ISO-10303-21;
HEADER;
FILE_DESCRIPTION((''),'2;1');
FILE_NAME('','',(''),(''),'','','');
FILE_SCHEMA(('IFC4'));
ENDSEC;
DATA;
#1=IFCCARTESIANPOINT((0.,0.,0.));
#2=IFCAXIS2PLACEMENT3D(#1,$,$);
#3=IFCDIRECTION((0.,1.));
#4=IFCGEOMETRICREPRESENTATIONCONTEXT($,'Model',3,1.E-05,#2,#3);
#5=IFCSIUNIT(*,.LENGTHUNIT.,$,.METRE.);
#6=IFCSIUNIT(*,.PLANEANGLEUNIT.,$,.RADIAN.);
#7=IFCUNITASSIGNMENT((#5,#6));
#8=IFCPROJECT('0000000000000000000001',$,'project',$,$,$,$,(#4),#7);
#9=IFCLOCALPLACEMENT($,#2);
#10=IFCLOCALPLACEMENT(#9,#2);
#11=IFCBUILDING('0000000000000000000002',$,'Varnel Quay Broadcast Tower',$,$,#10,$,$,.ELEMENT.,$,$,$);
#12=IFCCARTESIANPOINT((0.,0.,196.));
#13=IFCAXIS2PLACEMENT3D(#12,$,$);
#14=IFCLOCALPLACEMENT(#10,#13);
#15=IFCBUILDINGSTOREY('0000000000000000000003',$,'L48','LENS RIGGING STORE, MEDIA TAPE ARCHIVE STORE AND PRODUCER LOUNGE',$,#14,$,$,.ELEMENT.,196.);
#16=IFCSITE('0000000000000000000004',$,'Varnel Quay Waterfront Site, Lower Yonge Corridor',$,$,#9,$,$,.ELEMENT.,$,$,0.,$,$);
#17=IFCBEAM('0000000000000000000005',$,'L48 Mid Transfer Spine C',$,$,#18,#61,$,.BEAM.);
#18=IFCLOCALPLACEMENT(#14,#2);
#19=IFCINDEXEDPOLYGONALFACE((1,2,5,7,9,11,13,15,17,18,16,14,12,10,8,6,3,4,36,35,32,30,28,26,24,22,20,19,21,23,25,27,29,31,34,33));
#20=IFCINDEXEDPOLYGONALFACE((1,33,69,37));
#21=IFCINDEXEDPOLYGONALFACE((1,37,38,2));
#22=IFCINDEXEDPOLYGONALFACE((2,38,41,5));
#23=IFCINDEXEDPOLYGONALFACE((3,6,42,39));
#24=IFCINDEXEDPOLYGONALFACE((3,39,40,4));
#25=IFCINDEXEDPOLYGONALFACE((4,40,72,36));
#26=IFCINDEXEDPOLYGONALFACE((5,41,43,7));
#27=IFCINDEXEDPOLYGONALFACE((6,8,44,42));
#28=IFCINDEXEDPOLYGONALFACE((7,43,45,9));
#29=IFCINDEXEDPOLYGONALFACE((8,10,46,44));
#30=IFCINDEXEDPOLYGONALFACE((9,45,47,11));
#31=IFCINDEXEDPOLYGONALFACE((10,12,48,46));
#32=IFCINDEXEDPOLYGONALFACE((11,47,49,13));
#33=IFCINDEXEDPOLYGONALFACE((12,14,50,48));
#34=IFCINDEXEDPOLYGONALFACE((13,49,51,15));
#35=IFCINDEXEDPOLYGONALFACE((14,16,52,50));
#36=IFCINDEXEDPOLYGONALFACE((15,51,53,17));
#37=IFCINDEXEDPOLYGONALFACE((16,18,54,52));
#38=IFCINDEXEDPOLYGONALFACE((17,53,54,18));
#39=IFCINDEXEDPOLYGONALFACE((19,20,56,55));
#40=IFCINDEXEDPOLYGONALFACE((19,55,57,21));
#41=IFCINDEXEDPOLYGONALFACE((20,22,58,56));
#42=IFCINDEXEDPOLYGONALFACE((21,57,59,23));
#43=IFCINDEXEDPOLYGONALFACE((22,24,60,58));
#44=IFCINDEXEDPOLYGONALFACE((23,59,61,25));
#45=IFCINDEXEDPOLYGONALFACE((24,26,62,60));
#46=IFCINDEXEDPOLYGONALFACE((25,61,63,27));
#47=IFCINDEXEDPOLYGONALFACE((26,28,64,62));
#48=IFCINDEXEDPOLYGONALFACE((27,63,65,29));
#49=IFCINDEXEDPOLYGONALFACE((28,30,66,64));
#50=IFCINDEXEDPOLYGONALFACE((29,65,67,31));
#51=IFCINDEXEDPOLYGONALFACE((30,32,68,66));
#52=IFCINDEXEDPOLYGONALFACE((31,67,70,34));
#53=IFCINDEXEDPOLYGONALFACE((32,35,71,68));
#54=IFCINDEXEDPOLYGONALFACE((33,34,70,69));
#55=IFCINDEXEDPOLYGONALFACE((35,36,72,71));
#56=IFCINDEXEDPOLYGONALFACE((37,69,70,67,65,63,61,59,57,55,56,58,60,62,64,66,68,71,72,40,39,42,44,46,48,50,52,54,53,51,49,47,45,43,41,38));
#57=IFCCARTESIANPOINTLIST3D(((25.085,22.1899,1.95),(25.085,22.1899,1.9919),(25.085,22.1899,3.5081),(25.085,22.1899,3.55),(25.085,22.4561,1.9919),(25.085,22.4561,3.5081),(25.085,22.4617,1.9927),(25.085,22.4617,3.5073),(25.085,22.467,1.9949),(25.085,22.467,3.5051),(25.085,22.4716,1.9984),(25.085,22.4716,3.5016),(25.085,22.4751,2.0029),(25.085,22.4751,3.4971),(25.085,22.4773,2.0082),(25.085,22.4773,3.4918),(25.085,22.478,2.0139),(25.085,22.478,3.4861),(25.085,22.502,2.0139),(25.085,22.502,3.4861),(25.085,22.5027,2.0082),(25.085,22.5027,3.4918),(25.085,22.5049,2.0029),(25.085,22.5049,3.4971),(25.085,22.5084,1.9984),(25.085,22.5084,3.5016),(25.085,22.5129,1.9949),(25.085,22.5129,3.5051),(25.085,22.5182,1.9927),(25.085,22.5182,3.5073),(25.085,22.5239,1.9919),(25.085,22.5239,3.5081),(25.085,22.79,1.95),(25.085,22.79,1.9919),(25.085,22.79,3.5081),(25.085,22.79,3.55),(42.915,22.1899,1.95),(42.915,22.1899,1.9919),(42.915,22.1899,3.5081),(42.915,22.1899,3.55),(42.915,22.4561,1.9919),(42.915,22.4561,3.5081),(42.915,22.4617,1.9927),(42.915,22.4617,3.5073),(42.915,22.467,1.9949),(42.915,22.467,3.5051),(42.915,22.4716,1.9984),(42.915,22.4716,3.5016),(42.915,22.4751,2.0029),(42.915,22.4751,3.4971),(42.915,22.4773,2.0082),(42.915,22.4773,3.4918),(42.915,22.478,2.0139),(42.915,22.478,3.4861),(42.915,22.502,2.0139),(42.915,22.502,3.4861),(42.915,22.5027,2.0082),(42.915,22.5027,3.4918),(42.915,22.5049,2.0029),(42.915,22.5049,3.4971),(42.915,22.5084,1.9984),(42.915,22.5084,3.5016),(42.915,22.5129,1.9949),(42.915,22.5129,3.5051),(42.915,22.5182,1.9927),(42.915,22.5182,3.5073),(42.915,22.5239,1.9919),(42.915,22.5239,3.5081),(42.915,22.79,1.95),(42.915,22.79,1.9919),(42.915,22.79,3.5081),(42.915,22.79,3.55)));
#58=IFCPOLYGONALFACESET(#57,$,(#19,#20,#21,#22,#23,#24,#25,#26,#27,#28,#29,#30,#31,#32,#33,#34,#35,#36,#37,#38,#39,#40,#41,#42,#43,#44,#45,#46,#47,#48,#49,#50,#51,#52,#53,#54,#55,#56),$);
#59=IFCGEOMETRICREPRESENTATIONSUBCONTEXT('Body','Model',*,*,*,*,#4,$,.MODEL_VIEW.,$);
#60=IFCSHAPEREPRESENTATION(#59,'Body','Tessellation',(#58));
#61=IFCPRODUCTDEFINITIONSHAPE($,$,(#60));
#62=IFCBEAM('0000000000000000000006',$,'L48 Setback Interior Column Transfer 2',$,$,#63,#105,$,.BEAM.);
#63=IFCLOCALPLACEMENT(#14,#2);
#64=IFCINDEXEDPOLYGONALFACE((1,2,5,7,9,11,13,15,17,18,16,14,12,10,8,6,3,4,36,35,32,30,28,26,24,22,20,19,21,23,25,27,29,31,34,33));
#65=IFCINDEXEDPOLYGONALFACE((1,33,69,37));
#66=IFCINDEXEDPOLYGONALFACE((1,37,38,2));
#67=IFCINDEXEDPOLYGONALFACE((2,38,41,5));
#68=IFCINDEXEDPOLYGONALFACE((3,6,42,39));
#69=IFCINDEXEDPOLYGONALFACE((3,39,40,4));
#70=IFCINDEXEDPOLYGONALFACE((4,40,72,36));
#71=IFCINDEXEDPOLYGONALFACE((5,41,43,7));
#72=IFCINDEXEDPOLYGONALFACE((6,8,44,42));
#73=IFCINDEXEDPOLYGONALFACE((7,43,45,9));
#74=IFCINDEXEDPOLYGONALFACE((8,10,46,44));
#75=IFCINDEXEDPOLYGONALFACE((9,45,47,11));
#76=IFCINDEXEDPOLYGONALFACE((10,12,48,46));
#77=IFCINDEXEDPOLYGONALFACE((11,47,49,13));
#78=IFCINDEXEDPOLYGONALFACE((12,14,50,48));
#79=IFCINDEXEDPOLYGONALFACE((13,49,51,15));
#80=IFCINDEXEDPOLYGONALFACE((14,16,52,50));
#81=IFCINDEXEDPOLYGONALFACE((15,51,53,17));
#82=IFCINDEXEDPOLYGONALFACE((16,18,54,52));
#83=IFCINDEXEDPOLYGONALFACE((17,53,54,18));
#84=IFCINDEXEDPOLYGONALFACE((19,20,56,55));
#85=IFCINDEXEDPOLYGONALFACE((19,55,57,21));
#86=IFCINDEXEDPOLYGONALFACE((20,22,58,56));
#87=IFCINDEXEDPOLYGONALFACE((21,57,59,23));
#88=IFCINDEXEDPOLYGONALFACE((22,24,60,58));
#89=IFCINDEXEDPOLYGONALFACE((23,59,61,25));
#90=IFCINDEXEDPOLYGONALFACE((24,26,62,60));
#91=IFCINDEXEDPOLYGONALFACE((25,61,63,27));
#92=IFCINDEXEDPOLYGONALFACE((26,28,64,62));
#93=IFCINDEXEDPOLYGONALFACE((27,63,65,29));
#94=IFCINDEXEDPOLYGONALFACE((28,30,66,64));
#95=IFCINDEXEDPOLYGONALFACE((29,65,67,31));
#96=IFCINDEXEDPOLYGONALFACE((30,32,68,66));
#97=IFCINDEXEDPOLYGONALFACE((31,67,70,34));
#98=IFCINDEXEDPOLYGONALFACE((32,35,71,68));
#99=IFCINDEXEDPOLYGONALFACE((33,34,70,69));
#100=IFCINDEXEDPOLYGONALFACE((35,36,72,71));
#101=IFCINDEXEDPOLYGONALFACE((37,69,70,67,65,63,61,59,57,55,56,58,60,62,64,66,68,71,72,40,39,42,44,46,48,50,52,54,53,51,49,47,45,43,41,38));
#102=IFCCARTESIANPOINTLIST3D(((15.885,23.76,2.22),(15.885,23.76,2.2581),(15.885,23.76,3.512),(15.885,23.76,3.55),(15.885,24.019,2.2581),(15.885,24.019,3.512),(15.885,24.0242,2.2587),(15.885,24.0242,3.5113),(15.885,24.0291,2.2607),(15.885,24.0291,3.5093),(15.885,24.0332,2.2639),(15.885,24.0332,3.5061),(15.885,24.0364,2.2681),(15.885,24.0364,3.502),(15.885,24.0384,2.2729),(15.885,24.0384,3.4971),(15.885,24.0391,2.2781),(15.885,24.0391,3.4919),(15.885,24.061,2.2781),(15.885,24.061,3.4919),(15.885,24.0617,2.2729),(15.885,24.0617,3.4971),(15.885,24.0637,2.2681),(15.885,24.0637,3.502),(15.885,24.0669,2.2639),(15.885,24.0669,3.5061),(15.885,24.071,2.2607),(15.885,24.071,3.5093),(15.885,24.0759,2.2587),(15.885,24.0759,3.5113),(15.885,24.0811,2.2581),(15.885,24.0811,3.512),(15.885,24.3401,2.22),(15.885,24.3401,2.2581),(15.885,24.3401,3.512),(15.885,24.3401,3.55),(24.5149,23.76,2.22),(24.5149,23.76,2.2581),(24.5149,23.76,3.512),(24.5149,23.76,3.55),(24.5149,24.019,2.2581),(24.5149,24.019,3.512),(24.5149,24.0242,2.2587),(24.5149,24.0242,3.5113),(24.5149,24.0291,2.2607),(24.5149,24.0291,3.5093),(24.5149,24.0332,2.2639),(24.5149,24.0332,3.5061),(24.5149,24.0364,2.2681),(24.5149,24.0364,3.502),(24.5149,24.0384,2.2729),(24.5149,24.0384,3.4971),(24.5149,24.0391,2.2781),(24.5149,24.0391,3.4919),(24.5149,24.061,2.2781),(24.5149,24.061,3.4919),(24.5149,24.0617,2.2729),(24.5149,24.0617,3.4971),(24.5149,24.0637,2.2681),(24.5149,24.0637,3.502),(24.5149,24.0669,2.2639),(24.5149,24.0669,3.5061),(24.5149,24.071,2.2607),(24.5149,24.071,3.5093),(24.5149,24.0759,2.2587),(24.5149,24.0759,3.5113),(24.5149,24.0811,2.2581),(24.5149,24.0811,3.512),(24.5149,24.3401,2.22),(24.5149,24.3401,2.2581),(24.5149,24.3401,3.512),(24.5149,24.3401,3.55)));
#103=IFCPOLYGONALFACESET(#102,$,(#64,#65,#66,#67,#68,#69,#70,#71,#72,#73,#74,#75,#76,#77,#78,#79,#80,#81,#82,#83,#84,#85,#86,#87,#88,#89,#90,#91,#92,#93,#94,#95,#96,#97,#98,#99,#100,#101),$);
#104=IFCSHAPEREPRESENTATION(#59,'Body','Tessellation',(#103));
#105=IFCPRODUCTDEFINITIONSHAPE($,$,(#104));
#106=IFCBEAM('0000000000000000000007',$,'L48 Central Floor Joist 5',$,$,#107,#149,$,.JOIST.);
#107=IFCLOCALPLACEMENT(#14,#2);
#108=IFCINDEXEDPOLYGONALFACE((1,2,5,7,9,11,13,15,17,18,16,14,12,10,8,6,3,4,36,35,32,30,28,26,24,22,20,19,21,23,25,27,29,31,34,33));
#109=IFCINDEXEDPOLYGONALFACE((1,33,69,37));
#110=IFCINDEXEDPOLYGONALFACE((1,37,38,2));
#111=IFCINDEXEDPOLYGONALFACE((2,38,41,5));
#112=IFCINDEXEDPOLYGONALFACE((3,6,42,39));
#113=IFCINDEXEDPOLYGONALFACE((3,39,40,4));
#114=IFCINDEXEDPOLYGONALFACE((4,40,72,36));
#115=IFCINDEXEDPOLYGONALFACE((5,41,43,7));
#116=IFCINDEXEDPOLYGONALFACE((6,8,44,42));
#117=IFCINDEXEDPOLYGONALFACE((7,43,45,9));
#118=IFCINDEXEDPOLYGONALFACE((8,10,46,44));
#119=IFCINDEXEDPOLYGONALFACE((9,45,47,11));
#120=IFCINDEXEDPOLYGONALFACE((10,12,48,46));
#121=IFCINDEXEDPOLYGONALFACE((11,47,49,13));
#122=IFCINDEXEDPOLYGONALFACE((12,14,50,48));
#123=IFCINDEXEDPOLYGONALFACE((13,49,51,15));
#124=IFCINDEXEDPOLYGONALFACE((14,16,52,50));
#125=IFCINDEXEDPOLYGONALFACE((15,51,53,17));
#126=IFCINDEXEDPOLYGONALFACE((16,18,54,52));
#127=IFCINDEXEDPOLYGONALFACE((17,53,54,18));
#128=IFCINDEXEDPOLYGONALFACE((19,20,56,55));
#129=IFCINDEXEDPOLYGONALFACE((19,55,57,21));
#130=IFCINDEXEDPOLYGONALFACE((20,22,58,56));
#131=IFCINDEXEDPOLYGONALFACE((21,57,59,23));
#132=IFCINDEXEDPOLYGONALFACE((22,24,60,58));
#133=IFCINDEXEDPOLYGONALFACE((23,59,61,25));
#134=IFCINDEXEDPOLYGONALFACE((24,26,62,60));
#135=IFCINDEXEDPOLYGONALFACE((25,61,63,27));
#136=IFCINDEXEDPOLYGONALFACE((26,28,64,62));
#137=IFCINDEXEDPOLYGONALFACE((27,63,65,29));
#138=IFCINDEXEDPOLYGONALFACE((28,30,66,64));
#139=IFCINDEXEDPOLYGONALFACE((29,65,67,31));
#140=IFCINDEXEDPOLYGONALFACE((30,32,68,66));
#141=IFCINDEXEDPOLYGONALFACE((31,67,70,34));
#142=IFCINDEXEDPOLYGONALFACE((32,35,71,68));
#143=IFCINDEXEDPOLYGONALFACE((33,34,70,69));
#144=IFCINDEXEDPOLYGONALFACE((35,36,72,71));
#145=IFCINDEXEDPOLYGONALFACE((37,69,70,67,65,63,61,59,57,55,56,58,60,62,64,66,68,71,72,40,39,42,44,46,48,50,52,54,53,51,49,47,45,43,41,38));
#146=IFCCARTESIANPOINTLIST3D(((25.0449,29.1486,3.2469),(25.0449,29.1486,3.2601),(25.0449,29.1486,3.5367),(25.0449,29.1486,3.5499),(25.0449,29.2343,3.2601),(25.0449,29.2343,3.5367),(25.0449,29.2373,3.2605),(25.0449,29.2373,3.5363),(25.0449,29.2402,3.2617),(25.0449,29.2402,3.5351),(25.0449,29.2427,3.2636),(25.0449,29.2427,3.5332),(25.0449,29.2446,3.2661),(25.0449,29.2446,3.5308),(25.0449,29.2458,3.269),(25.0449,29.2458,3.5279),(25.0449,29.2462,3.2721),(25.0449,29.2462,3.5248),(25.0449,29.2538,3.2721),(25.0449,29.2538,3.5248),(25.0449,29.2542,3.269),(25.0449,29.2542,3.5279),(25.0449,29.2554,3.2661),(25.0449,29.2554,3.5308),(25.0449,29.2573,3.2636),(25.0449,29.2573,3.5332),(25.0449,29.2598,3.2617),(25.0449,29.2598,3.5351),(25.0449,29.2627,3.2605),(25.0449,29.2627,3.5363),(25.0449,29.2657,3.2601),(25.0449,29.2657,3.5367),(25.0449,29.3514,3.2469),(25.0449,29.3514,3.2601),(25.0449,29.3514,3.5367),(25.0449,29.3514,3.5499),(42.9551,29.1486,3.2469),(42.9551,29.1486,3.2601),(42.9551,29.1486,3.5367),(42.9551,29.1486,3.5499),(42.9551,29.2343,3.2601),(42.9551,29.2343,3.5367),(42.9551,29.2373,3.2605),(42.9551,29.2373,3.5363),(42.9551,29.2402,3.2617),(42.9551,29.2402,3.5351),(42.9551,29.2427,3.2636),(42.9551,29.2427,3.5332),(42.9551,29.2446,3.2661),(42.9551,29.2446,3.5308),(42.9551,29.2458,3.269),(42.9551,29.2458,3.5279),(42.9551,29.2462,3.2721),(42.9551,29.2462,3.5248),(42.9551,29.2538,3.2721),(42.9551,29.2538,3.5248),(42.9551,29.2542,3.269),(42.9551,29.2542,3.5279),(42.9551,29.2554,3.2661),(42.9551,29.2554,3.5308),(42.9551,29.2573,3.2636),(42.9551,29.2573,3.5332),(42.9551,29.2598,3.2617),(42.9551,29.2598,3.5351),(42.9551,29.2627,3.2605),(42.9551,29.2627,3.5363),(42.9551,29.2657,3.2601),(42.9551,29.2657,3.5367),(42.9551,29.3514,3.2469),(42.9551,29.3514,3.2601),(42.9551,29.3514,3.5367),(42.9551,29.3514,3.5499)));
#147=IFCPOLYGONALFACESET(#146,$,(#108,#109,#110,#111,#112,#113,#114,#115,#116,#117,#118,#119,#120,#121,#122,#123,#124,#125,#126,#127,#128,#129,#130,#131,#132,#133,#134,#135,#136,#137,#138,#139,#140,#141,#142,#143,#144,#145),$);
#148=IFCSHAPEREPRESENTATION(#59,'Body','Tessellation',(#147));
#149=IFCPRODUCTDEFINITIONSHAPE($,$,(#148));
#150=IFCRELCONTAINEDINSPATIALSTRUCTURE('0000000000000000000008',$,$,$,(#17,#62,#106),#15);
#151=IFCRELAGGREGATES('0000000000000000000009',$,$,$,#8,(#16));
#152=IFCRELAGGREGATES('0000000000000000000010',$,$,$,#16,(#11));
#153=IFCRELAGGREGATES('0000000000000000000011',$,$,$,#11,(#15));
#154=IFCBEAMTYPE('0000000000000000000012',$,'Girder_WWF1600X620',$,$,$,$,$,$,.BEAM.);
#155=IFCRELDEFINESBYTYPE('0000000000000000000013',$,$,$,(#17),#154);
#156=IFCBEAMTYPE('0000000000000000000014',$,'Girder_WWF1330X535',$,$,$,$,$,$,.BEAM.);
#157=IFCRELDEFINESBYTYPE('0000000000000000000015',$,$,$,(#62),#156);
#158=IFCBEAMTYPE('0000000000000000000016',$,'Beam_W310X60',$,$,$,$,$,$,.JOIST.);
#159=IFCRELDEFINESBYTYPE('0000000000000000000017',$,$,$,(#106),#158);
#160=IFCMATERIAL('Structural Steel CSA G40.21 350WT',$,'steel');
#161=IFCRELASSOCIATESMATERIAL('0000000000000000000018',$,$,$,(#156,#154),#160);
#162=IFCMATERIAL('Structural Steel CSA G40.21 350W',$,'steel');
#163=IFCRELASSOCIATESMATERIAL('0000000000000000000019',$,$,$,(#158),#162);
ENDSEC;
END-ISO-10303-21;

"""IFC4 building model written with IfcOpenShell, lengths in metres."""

from ifc_helpers import new_model, si_unit, direction, frame, origin, origin_2d, place, context, subcontext, project, spatial, i_section, extrude, source, transform, mapped, material, material_profile, profile_set, type_object, element, save


model = new_model("IFC4")

# Units and contexts
model_context = context("Model", 3, precision=1e-05, world=origin(), true_north=direction((0.0, 1.0)))
body_context = subcontext(model_context, "Body", "Model", "MODEL_VIEW")
ifc_project = project(units=[si_unit("LENGTHUNIT", "METRE"), si_unit("PLANEANGLEUNIT", "RADIAN")], contexts=[model_context])

# Site, building, storey
site_placement = place(None, origin())
site = spatial("IfcSite", under=ifc_project, at=site_placement, Name="Varnel Quay Waterfront Site, Lower Yonge Corridor", CompositionType="ELEMENT", RefElevation=0.0)
building_placement = place(site_placement, origin())
building = spatial("IfcBuilding", under=site, at=building_placement, Name="Varnel Quay Broadcast Tower", CompositionType="ELEMENT")
storey_placement = place(building_placement, frame((0.0, 0.0, 196.0)))
storey = spatial("IfcBuildingStorey", under=building, at=storey_placement, Name="L48", Description="LENS RIGGING STORE, MEDIA TAPE ARCHIVE STORE AND PRODUCER LOUNGE", CompositionType="ELEMENT", Elevation=196.0)

# Shared definitions
ifc_material_1 = material(Name="Structural Steel CSA G40.21 350WT", Category="steel")
ifc_material_2 = material(Name="Structural Steel CSA G40.21 350W", Category="steel")

# Beams
ifc_material_profile_1 = material_profile(ifc_material_1, i_section(OverallWidth=0.5801, OverallDepth=1.3301, WebThickness=0.022, FlangeThickness=0.0381, FilletRadius=0.02, at=origin_2d()), Name="WWF1330X535")
ifc_profile_set_1 = profile_set([ifc_material_profile_1], Name="Structural Steel CSA G40.21 350WT")
beam_type_1 = type_object("IfcBeamType", Name="Girder_WWF1330X535", PredefinedType="BEAM", material=ifc_profile_set_1)
ifc_material_profile_2 = material_profile(ifc_material_1, i_section(OverallWidth=0.6001, OverallDepth=1.6001, WebThickness=0.0239, FlangeThickness=0.042, FilletRadius=0.022, at=origin_2d()), Name="WWF1600X620")
ifc_profile_set_2 = profile_set([ifc_material_profile_2], Name="Structural Steel CSA G40.21 350WT")
beam_type_2 = type_object("IfcBeamType", Name="Girder_WWF1600X620", PredefinedType="BEAM", material=ifc_profile_set_2)
shared_shape_1 = source(origin(), body_context, "Body", "SweptSolid", [
    extrude(i_section(OverallWidth=0.6001, OverallDepth=1.6001, WebThickness=0.0239, FlangeThickness=0.042, FilletRadius=0.022, at=origin_2d()), origin(), (0.0, 0.0, 1.0), 17.8301),
])
beam_1_placement = place(storey_placement, frame((25.085, 22.49, 2.75), z_axis=(1.0, 0.0, 0.0), x_axis=(0.0, 1.0, 0.0)))
element("IfcBeam", 1, at=beam_1_placement, inside=storey, type_object=beam_type_2, Name="L48 Mid Transfer Spine C", PredefinedType="BEAM", context=body_context, shape_type="MappedRepresentation", body=[
    mapped(shared_shape_1, transform((0.0, 0.0, 0.0), x_axis=(1.0, 0.0, 0.0), y_axis=(0.0, 1.0, 0.0), z_axis=(0.0, 0.0, 1.0), scale=1.0)),
])
shared_shape_2 = source(origin(), body_context, "Body", "SweptSolid", [
    extrude(i_section(OverallWidth=0.5801, OverallDepth=1.3301, WebThickness=0.022, FlangeThickness=0.0381, FilletRadius=0.02, at=origin_2d()), origin(), (0.0, 0.0, 1.0), 8.6299),
])
beam_2_placement = place(storey_placement, frame((15.885, 24.05, 2.885), z_axis=(1.0, 0.0, 0.0), x_axis=(0.0, 1.0, 0.0)))
element("IfcBeam", 2, at=beam_2_placement, inside=storey, type_object=beam_type_1, Name="L48 Setback Interior Column Transfer 2", PredefinedType="BEAM", context=body_context, shape_type="MappedRepresentation", body=[
    mapped(shared_shape_2, transform((0.0, 0.0, 0.0), x_axis=(1.0, 0.0, 0.0), y_axis=(0.0, 1.0, 0.0), z_axis=(0.0, 0.0, 1.0), scale=1.0)),
])
ifc_material_profile_3 = material_profile(ifc_material_2, i_section(OverallWidth=0.2029, OverallDepth=0.303, WebThickness=0.0076, FlangeThickness=0.0132, FilletRadius=0.012, at=origin_2d()), Name="W310X60")
ifc_profile_set_3 = profile_set([ifc_material_profile_3], Name="Structural Steel CSA G40.21 350W")
beam_type_3 = type_object("IfcBeamType", Name="Beam_W310X60", PredefinedType="JOIST", material=ifc_profile_set_3)
shared_shape_3 = source(origin(), body_context, "Body", "SweptSolid", [
    extrude(i_section(OverallWidth=0.2029, OverallDepth=0.303, WebThickness=0.0076, FlangeThickness=0.0132, FilletRadius=0.012, at=origin_2d()), origin(), (0.0, 0.0, 1.0), 17.9102),
])
beam_3_placement = place(storey_placement, frame((25.0449, 29.25, 3.3984), z_axis=(1.0, 0.0, 0.0), x_axis=(0.0, 1.0, 0.0)))
element("IfcBeam", 3, at=beam_3_placement, inside=storey, type_object=beam_type_3, Name="L48 Central Floor Joist 5", PredefinedType="JOIST", context=body_context, shape_type="MappedRepresentation", body=[
    mapped(shared_shape_3, transform((0.0, 0.0, 0.0), x_axis=(1.0, 0.0, 0.0), y_axis=(0.0, 1.0, 0.0), z_axis=(0.0, 0.0, 1.0), scale=1.0)),
])

save(model, "model.ifc")
